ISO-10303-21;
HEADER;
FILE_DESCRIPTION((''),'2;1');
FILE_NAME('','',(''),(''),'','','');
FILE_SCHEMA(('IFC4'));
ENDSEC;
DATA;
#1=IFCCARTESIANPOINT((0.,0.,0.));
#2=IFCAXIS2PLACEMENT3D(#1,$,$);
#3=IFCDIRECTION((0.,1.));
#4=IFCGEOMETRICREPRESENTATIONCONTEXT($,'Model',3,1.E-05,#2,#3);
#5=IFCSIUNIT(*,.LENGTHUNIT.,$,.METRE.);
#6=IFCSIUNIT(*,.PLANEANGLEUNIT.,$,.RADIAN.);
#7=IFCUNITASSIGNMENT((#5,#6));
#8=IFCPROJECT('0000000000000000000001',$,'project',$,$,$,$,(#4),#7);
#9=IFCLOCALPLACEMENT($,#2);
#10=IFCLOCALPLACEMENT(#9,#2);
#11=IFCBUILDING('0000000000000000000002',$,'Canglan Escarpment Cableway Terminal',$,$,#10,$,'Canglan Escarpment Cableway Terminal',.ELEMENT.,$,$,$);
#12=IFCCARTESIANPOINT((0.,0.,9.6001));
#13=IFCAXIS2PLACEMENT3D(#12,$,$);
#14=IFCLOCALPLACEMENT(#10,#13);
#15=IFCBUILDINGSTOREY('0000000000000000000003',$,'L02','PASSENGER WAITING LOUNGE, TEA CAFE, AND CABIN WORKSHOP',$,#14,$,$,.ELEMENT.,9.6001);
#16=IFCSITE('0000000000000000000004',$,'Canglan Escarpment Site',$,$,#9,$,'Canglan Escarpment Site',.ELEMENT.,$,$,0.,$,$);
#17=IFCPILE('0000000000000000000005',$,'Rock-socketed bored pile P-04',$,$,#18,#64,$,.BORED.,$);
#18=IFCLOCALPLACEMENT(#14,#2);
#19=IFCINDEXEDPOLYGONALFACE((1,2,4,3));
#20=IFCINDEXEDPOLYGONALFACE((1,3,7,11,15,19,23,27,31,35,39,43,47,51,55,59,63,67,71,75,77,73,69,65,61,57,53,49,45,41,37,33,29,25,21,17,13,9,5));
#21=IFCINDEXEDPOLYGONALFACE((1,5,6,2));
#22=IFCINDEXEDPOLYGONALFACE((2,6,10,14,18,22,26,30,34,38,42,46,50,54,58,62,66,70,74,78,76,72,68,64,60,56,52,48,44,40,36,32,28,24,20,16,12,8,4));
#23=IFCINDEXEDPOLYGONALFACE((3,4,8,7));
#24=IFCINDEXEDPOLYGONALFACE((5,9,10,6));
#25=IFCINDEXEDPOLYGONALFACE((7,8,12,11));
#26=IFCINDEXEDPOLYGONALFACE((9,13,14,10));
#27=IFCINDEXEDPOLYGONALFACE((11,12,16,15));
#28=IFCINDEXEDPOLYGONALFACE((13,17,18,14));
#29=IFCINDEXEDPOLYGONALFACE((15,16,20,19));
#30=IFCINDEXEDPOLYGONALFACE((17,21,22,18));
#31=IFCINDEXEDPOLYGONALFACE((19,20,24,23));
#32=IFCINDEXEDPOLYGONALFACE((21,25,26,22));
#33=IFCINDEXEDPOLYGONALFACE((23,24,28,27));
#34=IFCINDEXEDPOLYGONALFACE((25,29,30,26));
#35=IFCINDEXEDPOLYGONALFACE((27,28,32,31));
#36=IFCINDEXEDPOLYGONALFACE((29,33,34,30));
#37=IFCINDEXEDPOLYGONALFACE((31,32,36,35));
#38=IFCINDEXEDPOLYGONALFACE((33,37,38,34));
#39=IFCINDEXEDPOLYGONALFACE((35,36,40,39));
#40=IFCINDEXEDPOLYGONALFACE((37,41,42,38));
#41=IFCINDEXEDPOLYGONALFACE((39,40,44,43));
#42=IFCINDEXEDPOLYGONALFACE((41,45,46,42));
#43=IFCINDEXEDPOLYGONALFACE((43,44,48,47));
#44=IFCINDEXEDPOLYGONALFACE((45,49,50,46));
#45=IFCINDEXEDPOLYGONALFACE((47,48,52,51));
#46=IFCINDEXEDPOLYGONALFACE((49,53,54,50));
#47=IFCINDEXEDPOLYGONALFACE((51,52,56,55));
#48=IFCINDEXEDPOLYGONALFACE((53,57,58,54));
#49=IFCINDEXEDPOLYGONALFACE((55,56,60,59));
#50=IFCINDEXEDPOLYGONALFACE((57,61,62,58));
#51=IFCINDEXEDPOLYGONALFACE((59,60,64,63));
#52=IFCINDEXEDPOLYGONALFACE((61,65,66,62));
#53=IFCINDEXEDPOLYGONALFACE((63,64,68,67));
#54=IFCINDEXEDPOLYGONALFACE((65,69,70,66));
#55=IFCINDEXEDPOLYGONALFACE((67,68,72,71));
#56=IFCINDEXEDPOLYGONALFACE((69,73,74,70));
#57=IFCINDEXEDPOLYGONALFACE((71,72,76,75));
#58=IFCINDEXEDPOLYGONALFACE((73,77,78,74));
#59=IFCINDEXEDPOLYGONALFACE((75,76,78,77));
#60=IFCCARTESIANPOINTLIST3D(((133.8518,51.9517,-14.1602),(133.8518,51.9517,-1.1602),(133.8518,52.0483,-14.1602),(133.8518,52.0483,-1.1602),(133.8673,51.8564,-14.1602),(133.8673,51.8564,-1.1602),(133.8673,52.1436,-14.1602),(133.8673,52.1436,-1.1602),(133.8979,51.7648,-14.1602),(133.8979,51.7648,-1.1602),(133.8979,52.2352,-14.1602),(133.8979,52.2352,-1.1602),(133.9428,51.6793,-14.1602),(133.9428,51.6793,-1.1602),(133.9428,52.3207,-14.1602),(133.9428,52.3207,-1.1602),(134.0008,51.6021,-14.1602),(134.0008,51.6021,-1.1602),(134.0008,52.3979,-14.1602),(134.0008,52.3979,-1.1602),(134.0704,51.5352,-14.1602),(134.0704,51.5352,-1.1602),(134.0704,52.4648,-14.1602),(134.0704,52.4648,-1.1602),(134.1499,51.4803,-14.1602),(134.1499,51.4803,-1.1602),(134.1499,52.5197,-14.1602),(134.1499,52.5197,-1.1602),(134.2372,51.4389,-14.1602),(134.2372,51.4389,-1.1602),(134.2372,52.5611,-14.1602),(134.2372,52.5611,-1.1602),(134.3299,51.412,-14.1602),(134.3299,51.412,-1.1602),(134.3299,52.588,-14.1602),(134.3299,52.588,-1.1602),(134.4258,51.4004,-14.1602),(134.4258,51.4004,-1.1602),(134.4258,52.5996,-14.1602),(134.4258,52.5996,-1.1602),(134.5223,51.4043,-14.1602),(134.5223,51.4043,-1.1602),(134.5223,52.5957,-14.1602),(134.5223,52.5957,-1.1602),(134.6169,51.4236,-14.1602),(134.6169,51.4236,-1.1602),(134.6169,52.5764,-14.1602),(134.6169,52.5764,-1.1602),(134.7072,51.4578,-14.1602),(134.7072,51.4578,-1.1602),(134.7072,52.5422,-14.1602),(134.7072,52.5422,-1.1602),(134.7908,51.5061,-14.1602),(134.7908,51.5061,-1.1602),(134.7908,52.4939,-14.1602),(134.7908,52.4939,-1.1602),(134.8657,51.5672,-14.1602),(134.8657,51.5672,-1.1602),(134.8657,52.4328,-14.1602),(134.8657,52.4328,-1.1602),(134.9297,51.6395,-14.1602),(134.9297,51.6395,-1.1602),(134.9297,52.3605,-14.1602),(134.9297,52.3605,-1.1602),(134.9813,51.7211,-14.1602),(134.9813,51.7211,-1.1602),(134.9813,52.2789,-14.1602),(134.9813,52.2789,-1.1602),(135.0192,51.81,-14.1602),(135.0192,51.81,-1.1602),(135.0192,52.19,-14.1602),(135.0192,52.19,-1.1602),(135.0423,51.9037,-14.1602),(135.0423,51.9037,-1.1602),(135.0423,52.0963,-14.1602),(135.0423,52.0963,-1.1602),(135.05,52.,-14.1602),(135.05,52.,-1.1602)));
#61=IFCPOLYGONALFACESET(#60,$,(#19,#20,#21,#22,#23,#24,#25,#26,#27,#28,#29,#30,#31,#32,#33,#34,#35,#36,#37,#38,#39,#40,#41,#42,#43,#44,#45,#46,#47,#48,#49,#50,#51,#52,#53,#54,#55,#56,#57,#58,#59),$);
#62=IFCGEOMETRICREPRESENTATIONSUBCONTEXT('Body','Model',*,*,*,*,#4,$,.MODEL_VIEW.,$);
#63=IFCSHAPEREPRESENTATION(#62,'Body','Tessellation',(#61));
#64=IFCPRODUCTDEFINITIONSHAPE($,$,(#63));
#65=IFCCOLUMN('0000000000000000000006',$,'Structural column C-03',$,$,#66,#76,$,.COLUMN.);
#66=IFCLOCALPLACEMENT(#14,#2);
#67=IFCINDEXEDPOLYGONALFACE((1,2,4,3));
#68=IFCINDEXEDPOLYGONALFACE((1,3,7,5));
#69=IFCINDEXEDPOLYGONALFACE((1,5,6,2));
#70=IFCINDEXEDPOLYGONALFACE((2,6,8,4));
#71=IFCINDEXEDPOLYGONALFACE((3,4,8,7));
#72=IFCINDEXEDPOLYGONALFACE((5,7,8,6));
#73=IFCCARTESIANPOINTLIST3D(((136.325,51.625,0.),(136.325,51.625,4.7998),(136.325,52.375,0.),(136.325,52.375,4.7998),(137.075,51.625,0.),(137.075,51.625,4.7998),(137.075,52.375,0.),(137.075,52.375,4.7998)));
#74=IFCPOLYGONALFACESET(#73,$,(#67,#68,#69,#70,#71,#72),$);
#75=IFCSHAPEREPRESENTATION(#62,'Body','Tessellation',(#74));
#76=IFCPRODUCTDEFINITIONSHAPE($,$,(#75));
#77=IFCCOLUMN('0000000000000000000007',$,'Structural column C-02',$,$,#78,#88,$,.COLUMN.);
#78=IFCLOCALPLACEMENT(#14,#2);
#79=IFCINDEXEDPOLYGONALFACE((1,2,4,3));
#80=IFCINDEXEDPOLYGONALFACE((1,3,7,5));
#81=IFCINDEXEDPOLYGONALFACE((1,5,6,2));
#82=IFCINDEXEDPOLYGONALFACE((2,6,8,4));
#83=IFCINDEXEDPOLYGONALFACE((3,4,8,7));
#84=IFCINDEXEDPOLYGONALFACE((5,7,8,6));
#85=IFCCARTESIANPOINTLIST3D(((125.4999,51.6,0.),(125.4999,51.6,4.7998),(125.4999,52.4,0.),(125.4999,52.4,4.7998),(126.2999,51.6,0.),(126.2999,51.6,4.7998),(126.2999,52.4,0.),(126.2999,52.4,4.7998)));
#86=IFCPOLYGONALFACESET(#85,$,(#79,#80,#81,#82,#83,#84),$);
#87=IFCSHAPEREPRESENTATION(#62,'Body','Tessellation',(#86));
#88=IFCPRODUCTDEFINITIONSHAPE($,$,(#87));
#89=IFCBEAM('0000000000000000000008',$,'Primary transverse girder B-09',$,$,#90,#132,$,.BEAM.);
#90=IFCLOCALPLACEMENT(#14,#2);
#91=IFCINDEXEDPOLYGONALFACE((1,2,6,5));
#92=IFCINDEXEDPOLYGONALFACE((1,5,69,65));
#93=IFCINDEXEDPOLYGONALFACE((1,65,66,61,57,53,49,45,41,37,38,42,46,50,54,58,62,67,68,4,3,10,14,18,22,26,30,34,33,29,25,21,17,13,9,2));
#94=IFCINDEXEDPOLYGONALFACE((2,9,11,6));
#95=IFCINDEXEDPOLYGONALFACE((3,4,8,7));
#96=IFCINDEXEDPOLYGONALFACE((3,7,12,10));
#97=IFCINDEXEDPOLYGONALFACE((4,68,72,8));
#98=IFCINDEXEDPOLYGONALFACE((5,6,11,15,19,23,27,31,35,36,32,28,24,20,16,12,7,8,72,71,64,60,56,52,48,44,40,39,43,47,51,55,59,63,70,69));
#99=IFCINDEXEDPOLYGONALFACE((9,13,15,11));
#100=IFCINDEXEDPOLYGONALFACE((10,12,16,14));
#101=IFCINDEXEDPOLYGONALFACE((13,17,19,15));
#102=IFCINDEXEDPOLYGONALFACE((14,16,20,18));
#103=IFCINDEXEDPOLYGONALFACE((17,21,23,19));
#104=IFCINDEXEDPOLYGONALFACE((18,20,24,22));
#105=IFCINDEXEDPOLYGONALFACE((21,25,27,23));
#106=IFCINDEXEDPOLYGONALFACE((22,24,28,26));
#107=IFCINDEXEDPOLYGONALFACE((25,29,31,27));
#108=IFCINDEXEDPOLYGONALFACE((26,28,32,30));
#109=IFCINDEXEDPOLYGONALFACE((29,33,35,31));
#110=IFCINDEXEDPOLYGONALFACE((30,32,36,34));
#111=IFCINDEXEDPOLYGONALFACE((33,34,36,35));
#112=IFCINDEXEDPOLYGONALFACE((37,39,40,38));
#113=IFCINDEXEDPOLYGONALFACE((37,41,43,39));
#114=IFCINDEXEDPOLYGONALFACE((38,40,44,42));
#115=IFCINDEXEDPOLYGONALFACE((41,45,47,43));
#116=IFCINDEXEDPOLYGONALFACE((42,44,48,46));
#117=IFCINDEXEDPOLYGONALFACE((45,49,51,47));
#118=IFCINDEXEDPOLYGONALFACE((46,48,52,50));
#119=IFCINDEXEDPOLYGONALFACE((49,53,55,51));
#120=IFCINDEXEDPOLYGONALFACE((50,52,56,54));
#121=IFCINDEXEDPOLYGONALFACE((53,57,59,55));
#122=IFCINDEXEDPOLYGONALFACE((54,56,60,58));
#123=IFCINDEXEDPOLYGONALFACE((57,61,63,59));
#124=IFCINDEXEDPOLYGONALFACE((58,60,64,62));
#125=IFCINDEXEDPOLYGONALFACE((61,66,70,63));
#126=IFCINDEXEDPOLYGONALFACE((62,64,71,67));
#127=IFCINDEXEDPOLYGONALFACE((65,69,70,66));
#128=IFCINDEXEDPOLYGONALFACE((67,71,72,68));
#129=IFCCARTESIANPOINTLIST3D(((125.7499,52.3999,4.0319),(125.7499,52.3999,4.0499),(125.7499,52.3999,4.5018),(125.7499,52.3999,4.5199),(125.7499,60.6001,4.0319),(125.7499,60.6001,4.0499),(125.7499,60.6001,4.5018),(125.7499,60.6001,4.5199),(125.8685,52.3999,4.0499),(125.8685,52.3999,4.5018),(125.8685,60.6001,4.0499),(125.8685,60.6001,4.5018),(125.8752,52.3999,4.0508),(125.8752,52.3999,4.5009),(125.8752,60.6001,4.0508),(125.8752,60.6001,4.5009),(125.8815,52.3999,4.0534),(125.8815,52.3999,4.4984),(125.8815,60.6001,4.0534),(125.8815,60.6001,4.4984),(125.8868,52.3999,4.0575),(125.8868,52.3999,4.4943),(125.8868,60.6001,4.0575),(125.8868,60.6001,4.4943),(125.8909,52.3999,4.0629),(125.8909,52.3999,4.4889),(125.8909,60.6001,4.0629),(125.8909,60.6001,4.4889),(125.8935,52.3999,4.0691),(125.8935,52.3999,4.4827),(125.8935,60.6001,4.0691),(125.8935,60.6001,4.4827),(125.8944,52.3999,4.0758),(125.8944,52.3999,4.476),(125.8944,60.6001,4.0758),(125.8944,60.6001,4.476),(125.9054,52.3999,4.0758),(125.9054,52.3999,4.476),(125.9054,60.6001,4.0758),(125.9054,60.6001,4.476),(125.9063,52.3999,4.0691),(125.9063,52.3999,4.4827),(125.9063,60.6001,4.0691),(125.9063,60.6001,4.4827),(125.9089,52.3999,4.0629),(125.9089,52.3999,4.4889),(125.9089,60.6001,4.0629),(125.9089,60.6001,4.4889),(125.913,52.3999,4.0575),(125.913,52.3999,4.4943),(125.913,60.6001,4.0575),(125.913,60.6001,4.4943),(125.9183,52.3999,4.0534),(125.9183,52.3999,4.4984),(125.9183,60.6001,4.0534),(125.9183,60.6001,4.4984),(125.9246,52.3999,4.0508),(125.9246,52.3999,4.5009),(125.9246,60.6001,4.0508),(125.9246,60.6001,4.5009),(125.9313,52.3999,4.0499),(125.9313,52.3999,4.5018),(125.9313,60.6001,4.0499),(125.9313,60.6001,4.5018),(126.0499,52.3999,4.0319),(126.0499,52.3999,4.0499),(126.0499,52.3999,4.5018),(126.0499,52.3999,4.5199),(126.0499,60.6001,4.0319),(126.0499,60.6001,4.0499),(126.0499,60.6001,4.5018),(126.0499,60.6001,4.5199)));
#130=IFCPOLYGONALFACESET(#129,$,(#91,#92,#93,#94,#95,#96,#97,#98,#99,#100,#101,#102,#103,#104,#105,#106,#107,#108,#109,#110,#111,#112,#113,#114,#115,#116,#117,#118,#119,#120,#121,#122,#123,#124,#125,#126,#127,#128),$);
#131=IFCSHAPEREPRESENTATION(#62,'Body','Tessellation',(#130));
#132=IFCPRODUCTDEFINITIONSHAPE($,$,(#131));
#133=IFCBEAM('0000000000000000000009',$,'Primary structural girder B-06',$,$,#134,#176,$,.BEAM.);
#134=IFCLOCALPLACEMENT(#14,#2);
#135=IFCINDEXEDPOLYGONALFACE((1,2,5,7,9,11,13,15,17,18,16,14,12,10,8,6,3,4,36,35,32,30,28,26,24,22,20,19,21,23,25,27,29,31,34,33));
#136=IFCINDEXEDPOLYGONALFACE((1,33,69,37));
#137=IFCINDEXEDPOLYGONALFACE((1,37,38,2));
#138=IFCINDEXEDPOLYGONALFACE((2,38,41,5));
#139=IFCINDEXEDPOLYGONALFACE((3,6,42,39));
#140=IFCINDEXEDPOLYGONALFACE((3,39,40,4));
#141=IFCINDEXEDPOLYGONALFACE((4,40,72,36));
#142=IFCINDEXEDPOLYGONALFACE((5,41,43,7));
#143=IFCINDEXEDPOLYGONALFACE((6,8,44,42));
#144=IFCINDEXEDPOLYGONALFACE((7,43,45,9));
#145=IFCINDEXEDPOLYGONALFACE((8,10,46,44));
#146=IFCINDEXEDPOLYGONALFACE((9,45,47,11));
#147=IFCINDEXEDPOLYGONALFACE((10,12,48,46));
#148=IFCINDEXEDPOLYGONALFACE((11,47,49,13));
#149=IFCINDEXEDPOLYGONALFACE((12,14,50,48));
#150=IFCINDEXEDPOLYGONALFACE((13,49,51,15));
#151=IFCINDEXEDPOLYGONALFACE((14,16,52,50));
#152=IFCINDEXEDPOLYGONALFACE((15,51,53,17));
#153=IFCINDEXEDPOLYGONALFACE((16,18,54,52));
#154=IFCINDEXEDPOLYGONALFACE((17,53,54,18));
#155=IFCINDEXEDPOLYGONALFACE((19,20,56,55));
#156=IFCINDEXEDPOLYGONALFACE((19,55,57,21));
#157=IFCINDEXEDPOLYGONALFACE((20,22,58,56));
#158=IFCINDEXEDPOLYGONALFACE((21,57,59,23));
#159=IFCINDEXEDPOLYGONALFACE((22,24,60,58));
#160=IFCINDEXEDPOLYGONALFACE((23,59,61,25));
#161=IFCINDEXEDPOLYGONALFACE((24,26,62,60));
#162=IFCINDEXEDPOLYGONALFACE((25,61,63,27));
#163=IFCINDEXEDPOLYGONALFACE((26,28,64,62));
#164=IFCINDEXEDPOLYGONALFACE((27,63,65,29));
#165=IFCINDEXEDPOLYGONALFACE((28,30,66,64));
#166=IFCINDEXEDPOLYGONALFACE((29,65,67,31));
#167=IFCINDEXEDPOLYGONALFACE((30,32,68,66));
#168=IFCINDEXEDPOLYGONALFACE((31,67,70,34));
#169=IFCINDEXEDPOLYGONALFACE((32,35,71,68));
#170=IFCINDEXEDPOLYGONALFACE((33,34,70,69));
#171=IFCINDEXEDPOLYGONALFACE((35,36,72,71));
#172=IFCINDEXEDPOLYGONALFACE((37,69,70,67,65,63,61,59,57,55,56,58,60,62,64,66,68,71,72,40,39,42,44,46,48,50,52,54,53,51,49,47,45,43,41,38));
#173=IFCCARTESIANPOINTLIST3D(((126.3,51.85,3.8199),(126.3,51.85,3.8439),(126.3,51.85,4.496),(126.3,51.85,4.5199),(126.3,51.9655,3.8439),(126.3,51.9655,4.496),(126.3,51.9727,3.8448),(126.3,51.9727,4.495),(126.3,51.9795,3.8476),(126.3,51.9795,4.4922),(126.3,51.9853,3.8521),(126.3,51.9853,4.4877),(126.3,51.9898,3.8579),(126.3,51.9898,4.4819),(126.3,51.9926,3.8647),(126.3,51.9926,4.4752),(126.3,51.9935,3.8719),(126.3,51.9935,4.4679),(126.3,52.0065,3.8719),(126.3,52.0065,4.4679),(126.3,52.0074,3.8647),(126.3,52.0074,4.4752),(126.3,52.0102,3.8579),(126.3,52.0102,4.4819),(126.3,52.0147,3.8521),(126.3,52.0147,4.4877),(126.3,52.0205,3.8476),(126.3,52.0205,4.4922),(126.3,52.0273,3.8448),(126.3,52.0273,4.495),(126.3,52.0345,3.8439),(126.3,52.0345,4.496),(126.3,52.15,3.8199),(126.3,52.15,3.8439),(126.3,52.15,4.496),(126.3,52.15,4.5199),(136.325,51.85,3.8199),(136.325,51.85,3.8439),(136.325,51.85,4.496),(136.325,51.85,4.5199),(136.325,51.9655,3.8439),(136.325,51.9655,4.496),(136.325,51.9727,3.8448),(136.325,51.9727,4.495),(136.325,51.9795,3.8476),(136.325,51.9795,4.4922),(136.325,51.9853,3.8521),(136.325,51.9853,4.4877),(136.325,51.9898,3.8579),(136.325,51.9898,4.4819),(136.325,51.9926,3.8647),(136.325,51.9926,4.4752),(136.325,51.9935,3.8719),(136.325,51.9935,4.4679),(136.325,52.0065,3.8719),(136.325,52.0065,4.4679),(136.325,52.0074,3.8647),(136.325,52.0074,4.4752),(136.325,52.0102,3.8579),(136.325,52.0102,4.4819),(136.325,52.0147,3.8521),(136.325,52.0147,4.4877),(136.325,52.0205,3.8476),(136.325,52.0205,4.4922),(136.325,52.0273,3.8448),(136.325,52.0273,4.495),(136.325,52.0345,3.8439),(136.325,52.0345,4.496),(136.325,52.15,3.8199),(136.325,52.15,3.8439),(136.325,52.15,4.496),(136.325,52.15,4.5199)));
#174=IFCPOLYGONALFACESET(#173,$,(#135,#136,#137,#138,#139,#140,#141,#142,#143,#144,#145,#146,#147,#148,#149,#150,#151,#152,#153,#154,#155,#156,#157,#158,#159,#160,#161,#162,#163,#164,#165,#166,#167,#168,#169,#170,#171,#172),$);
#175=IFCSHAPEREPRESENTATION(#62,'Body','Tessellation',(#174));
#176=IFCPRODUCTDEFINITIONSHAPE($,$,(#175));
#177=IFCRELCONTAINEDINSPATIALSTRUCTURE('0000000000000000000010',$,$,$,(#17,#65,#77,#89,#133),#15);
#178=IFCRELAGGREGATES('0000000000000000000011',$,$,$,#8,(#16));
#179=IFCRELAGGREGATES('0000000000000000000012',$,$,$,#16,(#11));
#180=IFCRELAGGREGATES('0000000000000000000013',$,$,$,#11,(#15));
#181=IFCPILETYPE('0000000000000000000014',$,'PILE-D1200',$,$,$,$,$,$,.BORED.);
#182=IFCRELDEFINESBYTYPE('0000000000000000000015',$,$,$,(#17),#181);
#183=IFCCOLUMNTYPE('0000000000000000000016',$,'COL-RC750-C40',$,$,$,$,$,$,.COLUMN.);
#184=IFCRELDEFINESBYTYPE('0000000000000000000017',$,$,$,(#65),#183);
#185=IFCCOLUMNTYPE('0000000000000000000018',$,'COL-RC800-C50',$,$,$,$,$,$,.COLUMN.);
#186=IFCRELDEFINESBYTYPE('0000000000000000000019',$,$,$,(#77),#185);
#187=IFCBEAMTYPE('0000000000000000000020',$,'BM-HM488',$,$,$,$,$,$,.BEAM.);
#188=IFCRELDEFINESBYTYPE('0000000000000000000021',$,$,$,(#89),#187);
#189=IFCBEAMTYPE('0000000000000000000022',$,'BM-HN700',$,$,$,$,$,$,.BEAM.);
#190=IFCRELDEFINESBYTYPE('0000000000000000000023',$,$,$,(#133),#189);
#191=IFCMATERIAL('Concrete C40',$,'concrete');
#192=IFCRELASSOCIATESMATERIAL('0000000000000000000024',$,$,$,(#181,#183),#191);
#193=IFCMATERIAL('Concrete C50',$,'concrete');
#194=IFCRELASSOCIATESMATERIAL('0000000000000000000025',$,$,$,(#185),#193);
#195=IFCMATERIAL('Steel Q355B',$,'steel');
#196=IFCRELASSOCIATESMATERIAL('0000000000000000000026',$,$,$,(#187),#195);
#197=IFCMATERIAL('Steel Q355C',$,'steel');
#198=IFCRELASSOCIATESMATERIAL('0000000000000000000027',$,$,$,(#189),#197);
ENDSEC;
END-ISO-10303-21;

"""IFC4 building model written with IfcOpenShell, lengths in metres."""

from ifc_helpers import new_model, si_unit, direction, frame, origin, origin_2d, place, context, subcontext, project, spatial, rectangle, circle, i_section, extrude, material, material_profile, profile_set, type_object, element, save


model = new_model("IFC4")

# Units and contexts
model_context = context("Model", 3, precision=1e-05, world=origin(), true_north=direction((0.0, 1.0)))
body_context = subcontext(model_context, "Body", "Model", "MODEL_VIEW")
ifc_project = project(units=[si_unit("LENGTHUNIT", "METRE"), si_unit("PLANEANGLEUNIT", "RADIAN")], contexts=[model_context])

# Site, building, storey
site_placement = place(None, origin())
site = spatial("IfcSite", under=ifc_project, at=site_placement, Name="Canglan Escarpment Site", LongName="Canglan Escarpment Site", CompositionType="ELEMENT", RefElevation=0.0)
building_placement = place(site_placement, origin())
building = spatial("IfcBuilding", under=site, at=building_placement, Name="Canglan Escarpment Cableway Terminal", LongName="Canglan Escarpment Cableway Terminal", CompositionType="ELEMENT")
storey_placement = place(building_placement, frame((0.0, 0.0, 9.6001)))
storey = spatial("IfcBuildingStorey", under=building, at=storey_placement, Name="L02", Description="PASSENGER WAITING LOUNGE, TEA CAFE, AND CABIN WORKSHOP", CompositionType="ELEMENT", Elevation=9.6001)

# Shared definitions
ifc_material_1 = material(Name="Concrete C40", Category="concrete")

# Pile
ifc_material_profile_1 = material_profile(ifc_material_1, circle(Radius=0.6001, at=origin_2d()), Name="BORED PILE D1200")
ifc_profile_set_1 = profile_set([ifc_material_profile_1], Name="Concrete C40")
pile_type = type_object("IfcPileType", Name="PILE-D1200", PredefinedType="BORED", material=ifc_profile_set_1)
for number, where, z_axis, x_axis, name in (
    (1, (134.45, 52.0, -1.1602), (0.0, 0.0, -1.0), (1.0, 0.0, 0.0), "Rock-socketed bored pile P-04"),
):
    element("IfcPile", number, at=place(storey_placement, frame(where, z_axis=z_axis, x_axis=x_axis)), inside=storey, type_object=pile_type, Name=name, PredefinedType="BORED", context=body_context, shape_type="SweptSolid", body=[
        extrude(circle(Radius=0.6001, at=origin_2d()), origin(), (0.0, 0.0, 1.0), 13.0),
    ])

# Columns
ifc_material_profile_2 = material_profile(ifc_material_1, rectangle(XDim=0.75, YDim=0.75, at=origin_2d()), Name="RC 750x750")
ifc_profile_set_2 = profile_set([ifc_material_profile_2], Name="Concrete C40")
column_type_1 = type_object("IfcColumnType", Name="COL-RC750-C40", PredefinedType="COLUMN", material=ifc_profile_set_2)
column_1_placement = place(storey_placement, frame((136.7, 52.0, 0.0), z_axis=(0.0, 0.0, 1.0), x_axis=(1.0, 0.0, 0.0)))
element("IfcColumn", 2, at=column_1_placement, inside=storey, type_object=column_type_1, Name="Structural column C-03", PredefinedType="COLUMN", context=body_context, shape_type="SweptSolid", body=[
    extrude(rectangle(XDim=0.75, YDim=0.75, at=origin_2d()), origin(), (0.0, 0.0, 1.0), 4.7998),
])
ifc_material_2 = material(Name="Concrete C50", Category="concrete")
ifc_material_profile_3 = material_profile(ifc_material_2, rectangle(XDim=0.8, YDim=0.8, at=origin_2d()), Name="RC 800x800")
ifc_profile_set_3 = profile_set([ifc_material_profile_3], Name="Concrete C50")
column_type_2 = type_object("IfcColumnType", Name="COL-RC800-C50", PredefinedType="COLUMN", material=ifc_profile_set_3)
column_2_placement = place(storey_placement, frame((125.8999, 52.0, 0.0), z_axis=(0.0, 0.0, 1.0), x_axis=(1.0, 0.0, 0.0)))
element("IfcColumn", 3, at=column_2_placement, inside=storey, type_object=column_type_2, Name="Structural column C-02", PredefinedType="COLUMN", context=body_context, shape_type="SweptSolid", body=[
    extrude(rectangle(XDim=0.8, YDim=0.8, at=origin_2d()), origin(), (0.0, 0.0, 1.0), 4.7998),
])

# Beams
ifc_material_3 = material(Name="Steel Q355B", Category="steel")
ifc_material_profile_4 = material_profile(ifc_material_3, i_section(OverallWidth=0.3, OverallDepth=0.488, WebThickness=0.011, FlangeThickness=0.0181, FilletRadius=0.0259, at=origin_2d()), Name="HM 488x300x11x18")
ifc_profile_set_4 = profile_set([ifc_material_profile_4], Name="Steel Q355B")
beam_type_1 = type_object("IfcBeamType", Name="BM-HM488", PredefinedType="BEAM", material=ifc_profile_set_4)
beam_1_placement = place(storey_placement, frame((125.8999, 52.3999, 4.2759), z_axis=(0.0, 1.0, 0.0), x_axis=(-1.0, 0.0, 0.0)))
element("IfcBeam", 4, at=beam_1_placement, inside=storey, type_object=beam_type_1, Name="Primary transverse girder B-09", PredefinedType="BEAM", context=body_context, shape_type="SweptSolid", body=[
    extrude(i_section(OverallWidth=0.3, OverallDepth=0.488, WebThickness=0.011, FlangeThickness=0.0181, FilletRadius=0.0259, at=origin_2d()), origin(), (0.0, 0.0, 1.0), 8.2002),
])
ifc_material_4 = material(Name="Steel Q355C", Category="steel")
ifc_material_profile_5 = material_profile(ifc_material_4, i_section(OverallWidth=0.3, OverallDepth=0.7, WebThickness=0.0129, FlangeThickness=0.0239, FilletRadius=0.0281, at=origin_2d()), Name="HN 700x300x13x24")
ifc_profile_set_5 = profile_set([ifc_material_profile_5], Name="Steel Q355C")
beam_type_2 = type_object("IfcBeamType", Name="BM-HN700", PredefinedType="BEAM", material=ifc_profile_set_5)
beam_2_placement = place(storey_placement, frame((126.3, 52.0, 4.1699), z_axis=(1.0, 0.0, 0.0), x_axis=(0.0, 1.0, 0.0)))
element("IfcBeam", 5, at=beam_2_placement, inside=storey, type_object=beam_type_2, Name="Primary structural girder B-06", PredefinedType="BEAM", context=body_context, shape_type="SweptSolid", body=[
    extrude(i_section(OverallWidth=0.3, OverallDepth=0.7, WebThickness=0.0129, FlangeThickness=0.0239, FilletRadius=0.0281, at=origin_2d()), origin(), (0.0, 0.0, 1.0), 10.0249),
])

save(model, "model.ifc")
